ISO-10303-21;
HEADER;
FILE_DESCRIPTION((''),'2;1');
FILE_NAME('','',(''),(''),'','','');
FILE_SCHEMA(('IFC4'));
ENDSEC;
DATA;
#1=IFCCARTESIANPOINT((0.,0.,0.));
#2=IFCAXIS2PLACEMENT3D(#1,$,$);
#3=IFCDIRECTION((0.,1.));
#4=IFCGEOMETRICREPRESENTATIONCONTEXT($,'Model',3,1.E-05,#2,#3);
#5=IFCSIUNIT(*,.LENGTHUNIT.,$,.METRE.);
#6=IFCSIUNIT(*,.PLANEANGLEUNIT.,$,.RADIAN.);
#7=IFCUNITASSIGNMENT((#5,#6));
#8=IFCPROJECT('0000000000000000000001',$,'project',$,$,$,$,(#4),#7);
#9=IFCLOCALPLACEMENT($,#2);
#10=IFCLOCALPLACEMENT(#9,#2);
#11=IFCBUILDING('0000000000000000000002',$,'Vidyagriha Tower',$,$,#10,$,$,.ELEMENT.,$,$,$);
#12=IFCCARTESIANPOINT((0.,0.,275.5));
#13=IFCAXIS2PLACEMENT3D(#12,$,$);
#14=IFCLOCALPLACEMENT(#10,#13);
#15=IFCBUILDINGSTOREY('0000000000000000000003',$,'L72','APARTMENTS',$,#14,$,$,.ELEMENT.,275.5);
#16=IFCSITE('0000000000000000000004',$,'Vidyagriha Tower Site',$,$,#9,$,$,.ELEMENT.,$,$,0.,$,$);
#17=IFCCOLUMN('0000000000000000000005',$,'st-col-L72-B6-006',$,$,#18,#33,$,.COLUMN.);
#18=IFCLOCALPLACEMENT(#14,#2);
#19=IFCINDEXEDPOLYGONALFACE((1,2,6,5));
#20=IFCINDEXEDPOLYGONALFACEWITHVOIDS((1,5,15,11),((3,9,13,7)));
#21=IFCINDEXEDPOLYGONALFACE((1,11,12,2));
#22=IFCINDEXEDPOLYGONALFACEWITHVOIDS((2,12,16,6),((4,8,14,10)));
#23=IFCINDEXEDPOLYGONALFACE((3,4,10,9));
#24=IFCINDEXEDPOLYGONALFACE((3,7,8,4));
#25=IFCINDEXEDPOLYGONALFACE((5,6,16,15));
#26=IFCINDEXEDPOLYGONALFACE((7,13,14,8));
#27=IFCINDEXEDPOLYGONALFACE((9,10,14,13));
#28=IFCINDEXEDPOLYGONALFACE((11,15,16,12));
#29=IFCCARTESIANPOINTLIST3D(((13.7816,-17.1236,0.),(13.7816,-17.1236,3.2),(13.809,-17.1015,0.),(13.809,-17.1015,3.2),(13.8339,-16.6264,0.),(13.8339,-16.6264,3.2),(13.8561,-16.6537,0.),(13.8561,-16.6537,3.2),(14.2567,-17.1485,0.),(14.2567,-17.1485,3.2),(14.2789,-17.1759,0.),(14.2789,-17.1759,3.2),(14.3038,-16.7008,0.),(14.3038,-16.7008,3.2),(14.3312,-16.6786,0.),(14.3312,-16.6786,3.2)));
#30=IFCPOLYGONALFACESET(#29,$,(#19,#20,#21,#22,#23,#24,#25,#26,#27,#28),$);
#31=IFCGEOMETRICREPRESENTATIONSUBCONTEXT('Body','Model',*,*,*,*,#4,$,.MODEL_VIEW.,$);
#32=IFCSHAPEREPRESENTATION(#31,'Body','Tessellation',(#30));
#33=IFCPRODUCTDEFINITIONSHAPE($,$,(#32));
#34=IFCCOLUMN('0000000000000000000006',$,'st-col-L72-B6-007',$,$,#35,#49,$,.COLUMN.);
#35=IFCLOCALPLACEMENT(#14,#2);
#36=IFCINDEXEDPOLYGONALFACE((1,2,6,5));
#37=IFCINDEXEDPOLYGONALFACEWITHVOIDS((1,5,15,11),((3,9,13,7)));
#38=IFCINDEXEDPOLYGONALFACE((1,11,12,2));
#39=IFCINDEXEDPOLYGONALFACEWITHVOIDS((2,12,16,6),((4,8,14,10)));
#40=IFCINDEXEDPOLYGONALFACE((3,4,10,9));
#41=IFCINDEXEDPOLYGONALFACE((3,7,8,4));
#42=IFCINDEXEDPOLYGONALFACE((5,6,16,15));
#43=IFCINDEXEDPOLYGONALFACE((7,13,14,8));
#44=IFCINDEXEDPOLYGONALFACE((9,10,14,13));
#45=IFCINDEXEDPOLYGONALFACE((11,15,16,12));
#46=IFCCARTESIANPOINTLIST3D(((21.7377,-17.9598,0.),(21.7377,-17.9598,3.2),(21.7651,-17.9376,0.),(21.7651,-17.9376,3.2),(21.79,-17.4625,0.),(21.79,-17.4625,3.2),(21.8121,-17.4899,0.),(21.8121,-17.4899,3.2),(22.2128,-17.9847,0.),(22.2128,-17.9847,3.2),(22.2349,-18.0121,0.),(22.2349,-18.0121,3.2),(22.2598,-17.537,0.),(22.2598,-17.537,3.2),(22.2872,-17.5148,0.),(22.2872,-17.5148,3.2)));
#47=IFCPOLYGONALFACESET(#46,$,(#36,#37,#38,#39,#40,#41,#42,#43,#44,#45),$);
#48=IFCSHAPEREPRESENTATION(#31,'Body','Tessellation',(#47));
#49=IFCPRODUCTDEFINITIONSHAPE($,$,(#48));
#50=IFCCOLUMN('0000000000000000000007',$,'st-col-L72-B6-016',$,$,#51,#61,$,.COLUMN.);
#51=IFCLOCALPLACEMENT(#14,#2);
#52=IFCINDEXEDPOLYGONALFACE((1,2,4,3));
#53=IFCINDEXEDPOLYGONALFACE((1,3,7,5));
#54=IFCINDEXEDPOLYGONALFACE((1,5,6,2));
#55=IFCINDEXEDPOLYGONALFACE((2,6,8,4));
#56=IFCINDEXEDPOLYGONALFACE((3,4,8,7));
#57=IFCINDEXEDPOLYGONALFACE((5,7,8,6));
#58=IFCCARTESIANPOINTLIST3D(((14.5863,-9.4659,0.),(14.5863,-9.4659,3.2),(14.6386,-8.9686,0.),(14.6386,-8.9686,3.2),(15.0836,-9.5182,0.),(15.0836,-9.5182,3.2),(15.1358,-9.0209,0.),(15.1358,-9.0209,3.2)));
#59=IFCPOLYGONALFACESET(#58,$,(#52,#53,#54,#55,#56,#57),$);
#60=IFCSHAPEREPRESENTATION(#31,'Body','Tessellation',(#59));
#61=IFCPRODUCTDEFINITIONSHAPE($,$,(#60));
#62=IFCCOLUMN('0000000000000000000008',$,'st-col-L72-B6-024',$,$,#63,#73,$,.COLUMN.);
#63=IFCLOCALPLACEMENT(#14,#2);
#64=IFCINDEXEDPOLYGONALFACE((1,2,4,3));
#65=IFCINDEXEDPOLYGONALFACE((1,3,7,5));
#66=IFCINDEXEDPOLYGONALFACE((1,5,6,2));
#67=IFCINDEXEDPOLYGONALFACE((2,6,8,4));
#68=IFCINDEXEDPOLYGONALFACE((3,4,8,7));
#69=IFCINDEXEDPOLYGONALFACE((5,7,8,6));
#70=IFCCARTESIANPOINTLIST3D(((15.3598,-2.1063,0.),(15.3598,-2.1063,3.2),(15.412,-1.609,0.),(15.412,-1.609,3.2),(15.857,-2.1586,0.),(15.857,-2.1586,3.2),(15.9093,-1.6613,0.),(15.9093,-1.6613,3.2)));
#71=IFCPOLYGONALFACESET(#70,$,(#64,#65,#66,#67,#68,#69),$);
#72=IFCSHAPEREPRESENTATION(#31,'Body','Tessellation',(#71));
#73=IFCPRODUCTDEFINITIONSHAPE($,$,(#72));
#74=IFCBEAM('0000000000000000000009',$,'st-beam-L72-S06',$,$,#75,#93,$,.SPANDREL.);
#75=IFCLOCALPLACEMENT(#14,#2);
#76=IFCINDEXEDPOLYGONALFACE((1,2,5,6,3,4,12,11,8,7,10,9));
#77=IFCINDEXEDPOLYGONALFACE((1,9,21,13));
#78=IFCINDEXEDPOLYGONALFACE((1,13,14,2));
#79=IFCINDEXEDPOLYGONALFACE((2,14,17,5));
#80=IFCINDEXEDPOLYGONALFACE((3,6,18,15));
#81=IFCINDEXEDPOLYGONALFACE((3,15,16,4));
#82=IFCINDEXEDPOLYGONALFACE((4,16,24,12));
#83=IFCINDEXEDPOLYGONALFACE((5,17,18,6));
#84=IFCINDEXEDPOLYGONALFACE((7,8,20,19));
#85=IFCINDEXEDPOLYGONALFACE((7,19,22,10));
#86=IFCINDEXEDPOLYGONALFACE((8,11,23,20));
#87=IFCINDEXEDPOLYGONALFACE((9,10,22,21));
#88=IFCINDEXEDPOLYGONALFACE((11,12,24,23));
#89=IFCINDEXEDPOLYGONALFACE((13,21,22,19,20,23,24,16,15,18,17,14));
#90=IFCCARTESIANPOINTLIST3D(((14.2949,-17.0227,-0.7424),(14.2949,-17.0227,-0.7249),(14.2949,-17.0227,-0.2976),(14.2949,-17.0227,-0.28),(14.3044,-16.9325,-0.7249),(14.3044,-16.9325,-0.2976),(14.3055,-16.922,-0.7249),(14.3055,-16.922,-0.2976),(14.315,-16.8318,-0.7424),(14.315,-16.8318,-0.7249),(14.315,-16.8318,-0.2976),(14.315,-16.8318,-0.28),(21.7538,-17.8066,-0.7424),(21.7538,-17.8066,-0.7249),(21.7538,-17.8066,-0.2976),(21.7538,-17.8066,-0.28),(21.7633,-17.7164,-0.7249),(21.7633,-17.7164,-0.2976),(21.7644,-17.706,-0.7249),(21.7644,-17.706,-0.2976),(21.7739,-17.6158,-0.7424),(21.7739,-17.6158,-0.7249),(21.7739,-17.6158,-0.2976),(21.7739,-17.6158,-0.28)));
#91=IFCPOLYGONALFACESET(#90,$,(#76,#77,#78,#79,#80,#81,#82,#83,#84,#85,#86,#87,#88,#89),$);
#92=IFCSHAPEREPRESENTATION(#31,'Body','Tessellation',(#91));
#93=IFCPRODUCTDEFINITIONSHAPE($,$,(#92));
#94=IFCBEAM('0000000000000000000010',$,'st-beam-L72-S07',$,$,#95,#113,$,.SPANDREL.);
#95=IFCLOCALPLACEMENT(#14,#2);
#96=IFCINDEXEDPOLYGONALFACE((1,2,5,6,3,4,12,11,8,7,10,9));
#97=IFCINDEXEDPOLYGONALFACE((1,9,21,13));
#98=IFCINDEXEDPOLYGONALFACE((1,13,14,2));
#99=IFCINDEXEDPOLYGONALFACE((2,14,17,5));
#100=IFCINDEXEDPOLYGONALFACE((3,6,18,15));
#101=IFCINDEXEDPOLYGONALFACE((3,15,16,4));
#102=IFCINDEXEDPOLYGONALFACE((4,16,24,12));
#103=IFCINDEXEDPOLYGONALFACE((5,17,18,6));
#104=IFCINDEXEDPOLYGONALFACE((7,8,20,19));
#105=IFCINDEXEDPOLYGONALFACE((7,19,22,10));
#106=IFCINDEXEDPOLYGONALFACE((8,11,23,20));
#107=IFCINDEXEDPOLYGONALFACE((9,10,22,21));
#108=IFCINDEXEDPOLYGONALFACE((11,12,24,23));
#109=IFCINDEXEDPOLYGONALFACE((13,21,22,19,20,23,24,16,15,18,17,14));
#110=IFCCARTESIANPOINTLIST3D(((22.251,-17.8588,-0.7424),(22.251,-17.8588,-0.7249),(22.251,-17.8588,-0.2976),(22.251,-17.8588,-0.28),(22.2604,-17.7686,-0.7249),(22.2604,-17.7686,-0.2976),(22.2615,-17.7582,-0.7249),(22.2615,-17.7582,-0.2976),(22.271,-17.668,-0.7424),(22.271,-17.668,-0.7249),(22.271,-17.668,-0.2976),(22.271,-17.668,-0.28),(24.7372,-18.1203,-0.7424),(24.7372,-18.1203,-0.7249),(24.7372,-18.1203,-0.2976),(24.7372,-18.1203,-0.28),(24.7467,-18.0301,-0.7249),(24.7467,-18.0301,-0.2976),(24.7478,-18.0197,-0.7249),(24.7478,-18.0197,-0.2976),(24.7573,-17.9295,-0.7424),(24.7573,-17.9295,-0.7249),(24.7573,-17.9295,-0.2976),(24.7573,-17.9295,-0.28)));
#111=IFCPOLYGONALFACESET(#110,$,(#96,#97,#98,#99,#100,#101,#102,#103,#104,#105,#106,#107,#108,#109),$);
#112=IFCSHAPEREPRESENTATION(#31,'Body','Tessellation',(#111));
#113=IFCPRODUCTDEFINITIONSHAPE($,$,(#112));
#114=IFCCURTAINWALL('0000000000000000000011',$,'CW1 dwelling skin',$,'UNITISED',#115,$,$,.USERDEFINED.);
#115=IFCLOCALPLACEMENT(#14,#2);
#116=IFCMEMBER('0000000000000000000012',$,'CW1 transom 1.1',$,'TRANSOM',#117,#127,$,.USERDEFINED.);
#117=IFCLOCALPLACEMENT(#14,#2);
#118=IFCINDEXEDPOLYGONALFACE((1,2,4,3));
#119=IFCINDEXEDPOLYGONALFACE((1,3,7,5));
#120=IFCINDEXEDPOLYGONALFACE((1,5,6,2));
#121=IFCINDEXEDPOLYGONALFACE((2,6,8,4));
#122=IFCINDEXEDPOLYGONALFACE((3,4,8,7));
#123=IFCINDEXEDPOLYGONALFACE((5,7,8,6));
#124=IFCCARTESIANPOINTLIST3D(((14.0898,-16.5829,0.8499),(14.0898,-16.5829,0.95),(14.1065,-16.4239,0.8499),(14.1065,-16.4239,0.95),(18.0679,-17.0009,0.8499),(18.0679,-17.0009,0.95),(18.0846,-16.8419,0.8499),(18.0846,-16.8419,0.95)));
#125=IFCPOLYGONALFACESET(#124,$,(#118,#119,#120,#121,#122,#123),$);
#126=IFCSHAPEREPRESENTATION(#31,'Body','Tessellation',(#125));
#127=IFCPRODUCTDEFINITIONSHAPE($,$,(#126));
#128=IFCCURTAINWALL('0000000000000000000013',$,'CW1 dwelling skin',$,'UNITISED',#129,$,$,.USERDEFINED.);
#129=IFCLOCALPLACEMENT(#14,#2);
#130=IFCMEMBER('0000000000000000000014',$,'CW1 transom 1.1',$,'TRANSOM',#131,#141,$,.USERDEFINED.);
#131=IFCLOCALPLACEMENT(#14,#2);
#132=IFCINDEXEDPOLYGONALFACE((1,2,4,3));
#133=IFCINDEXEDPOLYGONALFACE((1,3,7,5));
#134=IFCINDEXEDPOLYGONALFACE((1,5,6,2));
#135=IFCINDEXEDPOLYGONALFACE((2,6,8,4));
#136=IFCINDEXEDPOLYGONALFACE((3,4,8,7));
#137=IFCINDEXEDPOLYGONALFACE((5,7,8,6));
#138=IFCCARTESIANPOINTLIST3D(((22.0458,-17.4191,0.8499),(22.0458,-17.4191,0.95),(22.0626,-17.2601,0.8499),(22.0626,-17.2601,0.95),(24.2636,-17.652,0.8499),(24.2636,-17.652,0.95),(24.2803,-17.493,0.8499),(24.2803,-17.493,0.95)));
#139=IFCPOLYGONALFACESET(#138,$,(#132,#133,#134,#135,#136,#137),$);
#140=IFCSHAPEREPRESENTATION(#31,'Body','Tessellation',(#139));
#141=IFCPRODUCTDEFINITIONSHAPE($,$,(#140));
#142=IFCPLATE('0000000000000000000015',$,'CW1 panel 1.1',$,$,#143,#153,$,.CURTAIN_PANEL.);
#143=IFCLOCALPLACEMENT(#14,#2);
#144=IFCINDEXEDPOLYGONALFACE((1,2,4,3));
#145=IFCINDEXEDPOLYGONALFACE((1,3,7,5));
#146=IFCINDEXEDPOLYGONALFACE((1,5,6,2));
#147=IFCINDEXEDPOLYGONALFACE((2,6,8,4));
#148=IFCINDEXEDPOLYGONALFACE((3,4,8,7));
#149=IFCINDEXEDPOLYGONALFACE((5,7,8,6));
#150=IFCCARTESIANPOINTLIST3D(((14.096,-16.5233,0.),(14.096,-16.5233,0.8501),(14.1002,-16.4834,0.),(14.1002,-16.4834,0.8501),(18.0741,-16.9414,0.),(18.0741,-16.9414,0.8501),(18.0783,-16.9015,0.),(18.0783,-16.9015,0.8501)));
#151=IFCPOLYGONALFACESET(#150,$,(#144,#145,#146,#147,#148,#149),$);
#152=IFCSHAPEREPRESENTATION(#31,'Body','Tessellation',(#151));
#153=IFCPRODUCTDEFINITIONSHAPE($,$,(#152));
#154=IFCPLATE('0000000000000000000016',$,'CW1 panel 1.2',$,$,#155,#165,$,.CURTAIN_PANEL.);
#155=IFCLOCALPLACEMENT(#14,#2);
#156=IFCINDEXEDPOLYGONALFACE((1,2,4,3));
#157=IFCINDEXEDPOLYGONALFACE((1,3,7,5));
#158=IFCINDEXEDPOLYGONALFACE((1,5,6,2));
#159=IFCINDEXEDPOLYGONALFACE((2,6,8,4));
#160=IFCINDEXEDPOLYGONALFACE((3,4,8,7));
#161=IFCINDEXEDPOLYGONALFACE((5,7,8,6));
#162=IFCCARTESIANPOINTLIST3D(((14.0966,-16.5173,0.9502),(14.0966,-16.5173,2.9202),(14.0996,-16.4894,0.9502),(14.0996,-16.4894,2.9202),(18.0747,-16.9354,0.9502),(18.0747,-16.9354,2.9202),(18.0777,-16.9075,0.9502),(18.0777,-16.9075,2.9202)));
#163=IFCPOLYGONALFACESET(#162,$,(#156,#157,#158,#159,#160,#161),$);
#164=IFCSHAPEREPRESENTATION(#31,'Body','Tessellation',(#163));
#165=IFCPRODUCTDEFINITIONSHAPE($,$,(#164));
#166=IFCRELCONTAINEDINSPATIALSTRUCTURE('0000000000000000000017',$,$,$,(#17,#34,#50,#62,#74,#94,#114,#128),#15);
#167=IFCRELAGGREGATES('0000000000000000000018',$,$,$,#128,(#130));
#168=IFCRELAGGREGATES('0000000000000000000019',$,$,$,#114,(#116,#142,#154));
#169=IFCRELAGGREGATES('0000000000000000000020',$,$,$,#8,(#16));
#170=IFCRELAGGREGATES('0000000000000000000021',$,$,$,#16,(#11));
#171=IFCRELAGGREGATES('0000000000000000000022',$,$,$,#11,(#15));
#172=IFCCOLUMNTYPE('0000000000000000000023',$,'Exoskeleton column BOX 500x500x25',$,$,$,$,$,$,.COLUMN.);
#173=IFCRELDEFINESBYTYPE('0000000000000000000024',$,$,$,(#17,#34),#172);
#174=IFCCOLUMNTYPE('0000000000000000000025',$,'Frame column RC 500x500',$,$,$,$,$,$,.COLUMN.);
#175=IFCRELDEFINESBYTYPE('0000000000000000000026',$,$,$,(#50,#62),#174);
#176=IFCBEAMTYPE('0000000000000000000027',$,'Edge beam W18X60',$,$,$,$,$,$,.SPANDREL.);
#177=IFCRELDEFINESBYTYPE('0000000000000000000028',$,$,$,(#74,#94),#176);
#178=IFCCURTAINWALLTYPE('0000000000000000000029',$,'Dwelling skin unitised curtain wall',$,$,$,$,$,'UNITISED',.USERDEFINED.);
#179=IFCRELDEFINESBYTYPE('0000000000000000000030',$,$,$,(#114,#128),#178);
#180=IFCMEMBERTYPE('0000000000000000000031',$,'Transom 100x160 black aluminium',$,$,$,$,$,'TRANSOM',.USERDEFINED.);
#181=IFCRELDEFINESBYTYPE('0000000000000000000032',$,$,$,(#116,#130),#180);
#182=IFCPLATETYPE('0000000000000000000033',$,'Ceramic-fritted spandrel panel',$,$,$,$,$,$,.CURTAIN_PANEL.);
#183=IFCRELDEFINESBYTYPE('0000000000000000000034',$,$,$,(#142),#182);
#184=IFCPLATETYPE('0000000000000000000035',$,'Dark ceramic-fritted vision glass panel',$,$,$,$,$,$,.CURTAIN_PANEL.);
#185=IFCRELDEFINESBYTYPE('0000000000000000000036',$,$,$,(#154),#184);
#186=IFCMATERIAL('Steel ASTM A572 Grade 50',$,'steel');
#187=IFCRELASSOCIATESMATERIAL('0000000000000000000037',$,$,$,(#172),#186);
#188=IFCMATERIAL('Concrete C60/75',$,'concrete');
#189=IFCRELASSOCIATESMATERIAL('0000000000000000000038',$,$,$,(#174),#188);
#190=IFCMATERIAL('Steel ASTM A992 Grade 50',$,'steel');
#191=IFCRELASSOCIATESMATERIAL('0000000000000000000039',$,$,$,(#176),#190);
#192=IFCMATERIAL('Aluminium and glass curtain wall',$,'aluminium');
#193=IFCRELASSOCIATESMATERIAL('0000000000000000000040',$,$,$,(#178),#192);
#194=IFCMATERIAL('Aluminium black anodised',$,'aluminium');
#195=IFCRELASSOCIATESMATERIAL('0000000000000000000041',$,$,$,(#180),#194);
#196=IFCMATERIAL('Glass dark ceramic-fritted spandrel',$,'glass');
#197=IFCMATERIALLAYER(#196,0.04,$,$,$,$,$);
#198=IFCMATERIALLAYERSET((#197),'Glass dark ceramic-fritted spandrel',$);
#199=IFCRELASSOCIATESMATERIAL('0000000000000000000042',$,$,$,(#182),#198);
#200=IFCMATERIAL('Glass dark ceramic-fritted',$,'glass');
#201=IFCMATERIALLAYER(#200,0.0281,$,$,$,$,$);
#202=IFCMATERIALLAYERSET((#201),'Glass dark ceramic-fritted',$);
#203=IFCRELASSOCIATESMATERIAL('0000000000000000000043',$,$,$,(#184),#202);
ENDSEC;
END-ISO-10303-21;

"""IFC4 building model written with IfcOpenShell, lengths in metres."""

from ifc_helpers import new_model, si_unit, direction, frame, origin, origin_2d, place, context, subcontext, project, spatial, rectangle, hollow_rectangle, i_section, extrude, material, layer, layer_set, material_profile, profile_set, type_object, element, aggregate, save


model = new_model("IFC4")

# Units and contexts
model_context = context("Model", 3, precision=1e-05, world=origin(), true_north=direction((0.0, 1.0)))
body_context = subcontext(model_context, "Body", "Model", "MODEL_VIEW")
ifc_project = project(units=[si_unit("LENGTHUNIT", "METRE"), si_unit("PLANEANGLEUNIT", "RADIAN")], contexts=[model_context])

# Site, building, storey
site_placement = place(None, origin())
site = spatial("IfcSite", under=ifc_project, at=site_placement, Name="Vidyagriha Tower Site", CompositionType="ELEMENT", RefElevation=0.0)
building_placement = place(site_placement, origin())
building = spatial("IfcBuilding", under=site, at=building_placement, Name="Vidyagriha Tower", CompositionType="ELEMENT")
storey_placement = place(building_placement, frame((0.0, 0.0, 275.5)))
storey = spatial("IfcBuildingStorey", under=building, at=storey_placement, Name="L72", Description="APARTMENTS", CompositionType="ELEMENT", Elevation=275.5)

# Columns
ifc_material_1 = material(Name="Steel ASTM A572 Grade 50", Category="steel")
ifc_material_profile_1 = material_profile(ifc_material_1, hollow_rectangle(XDim=0.5, YDim=0.5, WallThickness=0.0249, at=origin_2d()), Name="BOX 500x500x25")
ifc_profile_set_1 = profile_set([ifc_material_profile_1], Name="Steel ASTM A572 Grade 50")
column_type_1 = type_object("IfcColumnType", Name="Exoskeleton column BOX 500x500x25", PredefinedType="COLUMN", material=ifc_profile_set_1)
for number, where, z_axis, x_axis, name in (
    (1, (14.0564, -16.9011, 0.0), (0.0, 0.0, 1.0), (0.994522, -0.104528, 0.0), "st-col-L72-B6-006"),
    (2, (22.0125, -17.7373, 0.0), (0.0, 0.0, 1.0), (0.994522, -0.104528, 0.0), "st-col-L72-B6-007"),
):
    element("IfcColumn", number, at=place(storey_placement, frame(where, z_axis=z_axis, x_axis=x_axis)), inside=storey, type_object=column_type_1, Name=name, PredefinedType="COLUMN", context=body_context, shape_type="SweptSolid", body=[
        extrude(hollow_rectangle(XDim=0.5, YDim=0.5, WallThickness=0.0249, at=origin_2d()), origin(), (0.0, 0.0, 1.0), 3.2),
    ])
ifc_material_2 = material(Name="Concrete C60/75", Category="concrete")
ifc_material_profile_2 = material_profile(ifc_material_2, rectangle(XDim=0.5, YDim=0.5, at=origin_2d()), Name="RC 500x500")
ifc_profile_set_2 = profile_set([ifc_material_profile_2], Name="Concrete C60/75")
column_type_2 = type_object("IfcColumnType", Name="Frame column RC 500x500", PredefinedType="COLUMN", material=ifc_profile_set_2)
for number, where, z_axis, x_axis, name in (
    (3, (14.8611, -9.2434, 0.0), (0.0, 0.0, 1.0), (0.994522, -0.104528, 0.0), "st-col-L72-B6-016"),
    (4, (15.6345, -1.8838, 0.0), (0.0, 0.0, 1.0), (0.994522, -0.104528, 0.0), "st-col-L72-B6-024"),
):
    element("IfcColumn", number, at=place(storey_placement, frame(where, z_axis=z_axis, x_axis=x_axis)), inside=storey, type_object=column_type_2, Name=name, PredefinedType="COLUMN", context=body_context, shape_type="SweptSolid", body=[
        extrude(rectangle(XDim=0.5, YDim=0.5, at=origin_2d()), origin(), (0.0, 0.0, 1.0), 3.2),
    ])

# Beams
ifc_material_3 = material(Name="Steel ASTM A992 Grade 50", Category="steel")
ifc_material_profile_3 = material_profile(ifc_material_3, i_section(OverallWidth=0.1919, OverallDepth=0.4624, WebThickness=0.0105, FlangeThickness=0.0176, at=origin_2d()), Name="W18X60")
ifc_profile_set_3 = profile_set([ifc_material_profile_3], Name="Steel ASTM A992 Grade 50")
beam_type = type_object("IfcBeamType", Name="Edge beam W18X60", PredefinedType="SPANDREL", material=ifc_profile_set_3)
beam_1_placement = place(storey_placement, frame((14.3049, -16.9272, -0.5112), z_axis=(0.994522, -0.104524, 0.0), x_axis=(0.104524, 0.994522, 0.0)))
element("IfcBeam", 5, at=beam_1_placement, inside=storey, type_object=beam_type, Name="st-beam-L72-S06", PredefinedType="SPANDREL", context=body_context, shape_type="SweptSolid", body=[
    extrude(i_section(OverallWidth=0.1919, OverallDepth=0.4624, WebThickness=0.0105, FlangeThickness=0.0176, at=origin_2d()), origin(), (0.0, 0.0, 1.0), 7.5),
])
beam_2_placement = place(storey_placement, frame((22.261, -17.7634, -0.5112), z_axis=(0.994516, -0.104588, 0.0), x_axis=(0.104588, 0.994516, 0.0)))
element("IfcBeam", 6, at=beam_2_placement, inside=storey, type_object=beam_type, Name="st-beam-L72-S07", PredefinedType="SPANDREL", context=body_context, shape_type="SweptSolid", body=[
    extrude(i_section(OverallWidth=0.1919, OverallDepth=0.4624, WebThickness=0.0105, FlangeThickness=0.0176, at=origin_2d()), origin(), (0.0, 0.0, 1.0), 2.5),
])

# Curtain walls, members
ifc_material_4 = material(Name="Aluminium and glass curtain wall", Category="aluminium")
curtain_wall_type = type_object("IfcCurtainWallType", Name="Dwelling skin unitised curtain wall", ElementType="UNITISED", PredefinedType="USERDEFINED", material=ifc_material_4)
curtain_wall_1_placement = place(storey_placement, origin())
curtain_wall_1 = element("IfcCurtainWall", 7, at=curtain_wall_1_placement, inside=storey, type_object=curtain_wall_type, Name="CW1 dwelling skin", ObjectType="UNITISED", PredefinedType="USERDEFINED")
ifc_material_5 = material(Name="Aluminium black anodised", Category="aluminium")
ifc_material_profile_4 = material_profile(ifc_material_5, rectangle(XDim=0.1599, YDim=0.1001, at=origin_2d()), Name="Transom 100x160 black aluminium")
ifc_profile_set_4 = profile_set([ifc_material_profile_4], Name="Aluminium black anodised")
member_type = type_object("IfcMemberType", Name="Transom 100x160 black aluminium", ElementType="TRANSOM", PredefinedType="USERDEFINED", material=ifc_profile_set_4)
member_1_placement = place(storey_placement, frame((14.0981, -16.5034, 0.8999), z_axis=(0.994526, -0.104494, 0.0), x_axis=(0.104494, 0.994526, 0.0)))
member_1 = element("IfcMember", 8, at=member_1_placement, type_object=member_type, Name="CW1 transom 1.1", ObjectType="TRANSOM", PredefinedType="USERDEFINED", context=body_context, shape_type="SweptSolid", body=[
    extrude(rectangle(XDim=0.1599, YDim=0.1001, at=origin_2d()), origin(), (0.0, 0.0, 1.0), 4.0),
])
curtain_wall_2_placement = place(storey_placement, origin())
curtain_wall_2 = element("IfcCurtainWall", 9, at=curtain_wall_2_placement, inside=storey, type_object=curtain_wall_type, Name="CW1 dwelling skin", ObjectType="UNITISED", PredefinedType="USERDEFINED")
member_2_placement = place(storey_placement, frame((22.0542, -17.3396, 0.8999), z_axis=(0.994531, -0.104445, 0.0), x_axis=(0.104445, 0.994531, 0.0)))
member_2 = element("IfcMember", 10, at=member_2_placement, type_object=member_type, Name="CW1 transom 1.1", ObjectType="TRANSOM", PredefinedType="USERDEFINED", context=body_context, shape_type="SweptSolid", body=[
    extrude(rectangle(XDim=0.1599, YDim=0.1001, at=origin_2d()), origin(), (0.0, 0.0, 1.0), 2.23),
])
aggregate(curtain_wall_2, [member_2])

# Plates
ifc_material_6 = material(Name="Glass dark ceramic-fritted spandrel", Category="glass")
ifc_layer_1 = layer(ifc_material_6, 0.04)
ifc_layer_set_1 = layer_set([ifc_layer_1], Name="Glass dark ceramic-fritted spandrel")
plate_type_1 = type_object("IfcPlateType", Name="Ceramic-fritted spandrel panel", PredefinedType="CURTAIN_PANEL", material=ifc_layer_set_1)
plate_1_placement = place(storey_placement, frame((16.0872, -16.7124, 0.0), z_axis=(0.0, 0.0, 1.0), x_axis=(0.994522, -0.104525, 0.0)))
plate_1 = element("IfcPlate", 11, at=plate_1_placement, type_object=plate_type_1, Name="CW1 panel 1.1", PredefinedType="CURTAIN_PANEL", context=body_context, shape_type="SweptSolid", body=[
    extrude(rectangle(XDim=4.0, YDim=0.04, at=origin_2d()), origin(), (0.0, 0.0, 1.0), 0.8501),
])
ifc_material_7 = material(Name="Glass dark ceramic-fritted", Category="glass")
ifc_layer_2 = layer(ifc_material_7, 0.0281)
ifc_layer_set_2 = layer_set([ifc_layer_2], Name="Glass dark ceramic-fritted")
plate_type_2 = type_object("IfcPlateType", Name="Dark ceramic-fritted vision glass panel", PredefinedType="CURTAIN_PANEL", material=ifc_layer_set_2)
plate_2_placement = place(storey_placement, frame((16.0872, -16.7124, 0.9502), z_axis=(0.0, 0.0, 1.0), x_axis=(0.994522, -0.104525, 0.0)))
plate_2 = element("IfcPlate", 12, at=plate_2_placement, type_object=plate_type_2, Name="CW1 panel 1.2", PredefinedType="CURTAIN_PANEL", context=body_context, shape_type="SweptSolid", body=[
    extrude(rectangle(XDim=4.0, YDim=0.0281, at=origin_2d()), origin(), (0.0, 0.0, 1.0), 1.97),
])
aggregate(curtain_wall_1, [member_1, plate_1, plate_2])

save(model, "model.ifc")
